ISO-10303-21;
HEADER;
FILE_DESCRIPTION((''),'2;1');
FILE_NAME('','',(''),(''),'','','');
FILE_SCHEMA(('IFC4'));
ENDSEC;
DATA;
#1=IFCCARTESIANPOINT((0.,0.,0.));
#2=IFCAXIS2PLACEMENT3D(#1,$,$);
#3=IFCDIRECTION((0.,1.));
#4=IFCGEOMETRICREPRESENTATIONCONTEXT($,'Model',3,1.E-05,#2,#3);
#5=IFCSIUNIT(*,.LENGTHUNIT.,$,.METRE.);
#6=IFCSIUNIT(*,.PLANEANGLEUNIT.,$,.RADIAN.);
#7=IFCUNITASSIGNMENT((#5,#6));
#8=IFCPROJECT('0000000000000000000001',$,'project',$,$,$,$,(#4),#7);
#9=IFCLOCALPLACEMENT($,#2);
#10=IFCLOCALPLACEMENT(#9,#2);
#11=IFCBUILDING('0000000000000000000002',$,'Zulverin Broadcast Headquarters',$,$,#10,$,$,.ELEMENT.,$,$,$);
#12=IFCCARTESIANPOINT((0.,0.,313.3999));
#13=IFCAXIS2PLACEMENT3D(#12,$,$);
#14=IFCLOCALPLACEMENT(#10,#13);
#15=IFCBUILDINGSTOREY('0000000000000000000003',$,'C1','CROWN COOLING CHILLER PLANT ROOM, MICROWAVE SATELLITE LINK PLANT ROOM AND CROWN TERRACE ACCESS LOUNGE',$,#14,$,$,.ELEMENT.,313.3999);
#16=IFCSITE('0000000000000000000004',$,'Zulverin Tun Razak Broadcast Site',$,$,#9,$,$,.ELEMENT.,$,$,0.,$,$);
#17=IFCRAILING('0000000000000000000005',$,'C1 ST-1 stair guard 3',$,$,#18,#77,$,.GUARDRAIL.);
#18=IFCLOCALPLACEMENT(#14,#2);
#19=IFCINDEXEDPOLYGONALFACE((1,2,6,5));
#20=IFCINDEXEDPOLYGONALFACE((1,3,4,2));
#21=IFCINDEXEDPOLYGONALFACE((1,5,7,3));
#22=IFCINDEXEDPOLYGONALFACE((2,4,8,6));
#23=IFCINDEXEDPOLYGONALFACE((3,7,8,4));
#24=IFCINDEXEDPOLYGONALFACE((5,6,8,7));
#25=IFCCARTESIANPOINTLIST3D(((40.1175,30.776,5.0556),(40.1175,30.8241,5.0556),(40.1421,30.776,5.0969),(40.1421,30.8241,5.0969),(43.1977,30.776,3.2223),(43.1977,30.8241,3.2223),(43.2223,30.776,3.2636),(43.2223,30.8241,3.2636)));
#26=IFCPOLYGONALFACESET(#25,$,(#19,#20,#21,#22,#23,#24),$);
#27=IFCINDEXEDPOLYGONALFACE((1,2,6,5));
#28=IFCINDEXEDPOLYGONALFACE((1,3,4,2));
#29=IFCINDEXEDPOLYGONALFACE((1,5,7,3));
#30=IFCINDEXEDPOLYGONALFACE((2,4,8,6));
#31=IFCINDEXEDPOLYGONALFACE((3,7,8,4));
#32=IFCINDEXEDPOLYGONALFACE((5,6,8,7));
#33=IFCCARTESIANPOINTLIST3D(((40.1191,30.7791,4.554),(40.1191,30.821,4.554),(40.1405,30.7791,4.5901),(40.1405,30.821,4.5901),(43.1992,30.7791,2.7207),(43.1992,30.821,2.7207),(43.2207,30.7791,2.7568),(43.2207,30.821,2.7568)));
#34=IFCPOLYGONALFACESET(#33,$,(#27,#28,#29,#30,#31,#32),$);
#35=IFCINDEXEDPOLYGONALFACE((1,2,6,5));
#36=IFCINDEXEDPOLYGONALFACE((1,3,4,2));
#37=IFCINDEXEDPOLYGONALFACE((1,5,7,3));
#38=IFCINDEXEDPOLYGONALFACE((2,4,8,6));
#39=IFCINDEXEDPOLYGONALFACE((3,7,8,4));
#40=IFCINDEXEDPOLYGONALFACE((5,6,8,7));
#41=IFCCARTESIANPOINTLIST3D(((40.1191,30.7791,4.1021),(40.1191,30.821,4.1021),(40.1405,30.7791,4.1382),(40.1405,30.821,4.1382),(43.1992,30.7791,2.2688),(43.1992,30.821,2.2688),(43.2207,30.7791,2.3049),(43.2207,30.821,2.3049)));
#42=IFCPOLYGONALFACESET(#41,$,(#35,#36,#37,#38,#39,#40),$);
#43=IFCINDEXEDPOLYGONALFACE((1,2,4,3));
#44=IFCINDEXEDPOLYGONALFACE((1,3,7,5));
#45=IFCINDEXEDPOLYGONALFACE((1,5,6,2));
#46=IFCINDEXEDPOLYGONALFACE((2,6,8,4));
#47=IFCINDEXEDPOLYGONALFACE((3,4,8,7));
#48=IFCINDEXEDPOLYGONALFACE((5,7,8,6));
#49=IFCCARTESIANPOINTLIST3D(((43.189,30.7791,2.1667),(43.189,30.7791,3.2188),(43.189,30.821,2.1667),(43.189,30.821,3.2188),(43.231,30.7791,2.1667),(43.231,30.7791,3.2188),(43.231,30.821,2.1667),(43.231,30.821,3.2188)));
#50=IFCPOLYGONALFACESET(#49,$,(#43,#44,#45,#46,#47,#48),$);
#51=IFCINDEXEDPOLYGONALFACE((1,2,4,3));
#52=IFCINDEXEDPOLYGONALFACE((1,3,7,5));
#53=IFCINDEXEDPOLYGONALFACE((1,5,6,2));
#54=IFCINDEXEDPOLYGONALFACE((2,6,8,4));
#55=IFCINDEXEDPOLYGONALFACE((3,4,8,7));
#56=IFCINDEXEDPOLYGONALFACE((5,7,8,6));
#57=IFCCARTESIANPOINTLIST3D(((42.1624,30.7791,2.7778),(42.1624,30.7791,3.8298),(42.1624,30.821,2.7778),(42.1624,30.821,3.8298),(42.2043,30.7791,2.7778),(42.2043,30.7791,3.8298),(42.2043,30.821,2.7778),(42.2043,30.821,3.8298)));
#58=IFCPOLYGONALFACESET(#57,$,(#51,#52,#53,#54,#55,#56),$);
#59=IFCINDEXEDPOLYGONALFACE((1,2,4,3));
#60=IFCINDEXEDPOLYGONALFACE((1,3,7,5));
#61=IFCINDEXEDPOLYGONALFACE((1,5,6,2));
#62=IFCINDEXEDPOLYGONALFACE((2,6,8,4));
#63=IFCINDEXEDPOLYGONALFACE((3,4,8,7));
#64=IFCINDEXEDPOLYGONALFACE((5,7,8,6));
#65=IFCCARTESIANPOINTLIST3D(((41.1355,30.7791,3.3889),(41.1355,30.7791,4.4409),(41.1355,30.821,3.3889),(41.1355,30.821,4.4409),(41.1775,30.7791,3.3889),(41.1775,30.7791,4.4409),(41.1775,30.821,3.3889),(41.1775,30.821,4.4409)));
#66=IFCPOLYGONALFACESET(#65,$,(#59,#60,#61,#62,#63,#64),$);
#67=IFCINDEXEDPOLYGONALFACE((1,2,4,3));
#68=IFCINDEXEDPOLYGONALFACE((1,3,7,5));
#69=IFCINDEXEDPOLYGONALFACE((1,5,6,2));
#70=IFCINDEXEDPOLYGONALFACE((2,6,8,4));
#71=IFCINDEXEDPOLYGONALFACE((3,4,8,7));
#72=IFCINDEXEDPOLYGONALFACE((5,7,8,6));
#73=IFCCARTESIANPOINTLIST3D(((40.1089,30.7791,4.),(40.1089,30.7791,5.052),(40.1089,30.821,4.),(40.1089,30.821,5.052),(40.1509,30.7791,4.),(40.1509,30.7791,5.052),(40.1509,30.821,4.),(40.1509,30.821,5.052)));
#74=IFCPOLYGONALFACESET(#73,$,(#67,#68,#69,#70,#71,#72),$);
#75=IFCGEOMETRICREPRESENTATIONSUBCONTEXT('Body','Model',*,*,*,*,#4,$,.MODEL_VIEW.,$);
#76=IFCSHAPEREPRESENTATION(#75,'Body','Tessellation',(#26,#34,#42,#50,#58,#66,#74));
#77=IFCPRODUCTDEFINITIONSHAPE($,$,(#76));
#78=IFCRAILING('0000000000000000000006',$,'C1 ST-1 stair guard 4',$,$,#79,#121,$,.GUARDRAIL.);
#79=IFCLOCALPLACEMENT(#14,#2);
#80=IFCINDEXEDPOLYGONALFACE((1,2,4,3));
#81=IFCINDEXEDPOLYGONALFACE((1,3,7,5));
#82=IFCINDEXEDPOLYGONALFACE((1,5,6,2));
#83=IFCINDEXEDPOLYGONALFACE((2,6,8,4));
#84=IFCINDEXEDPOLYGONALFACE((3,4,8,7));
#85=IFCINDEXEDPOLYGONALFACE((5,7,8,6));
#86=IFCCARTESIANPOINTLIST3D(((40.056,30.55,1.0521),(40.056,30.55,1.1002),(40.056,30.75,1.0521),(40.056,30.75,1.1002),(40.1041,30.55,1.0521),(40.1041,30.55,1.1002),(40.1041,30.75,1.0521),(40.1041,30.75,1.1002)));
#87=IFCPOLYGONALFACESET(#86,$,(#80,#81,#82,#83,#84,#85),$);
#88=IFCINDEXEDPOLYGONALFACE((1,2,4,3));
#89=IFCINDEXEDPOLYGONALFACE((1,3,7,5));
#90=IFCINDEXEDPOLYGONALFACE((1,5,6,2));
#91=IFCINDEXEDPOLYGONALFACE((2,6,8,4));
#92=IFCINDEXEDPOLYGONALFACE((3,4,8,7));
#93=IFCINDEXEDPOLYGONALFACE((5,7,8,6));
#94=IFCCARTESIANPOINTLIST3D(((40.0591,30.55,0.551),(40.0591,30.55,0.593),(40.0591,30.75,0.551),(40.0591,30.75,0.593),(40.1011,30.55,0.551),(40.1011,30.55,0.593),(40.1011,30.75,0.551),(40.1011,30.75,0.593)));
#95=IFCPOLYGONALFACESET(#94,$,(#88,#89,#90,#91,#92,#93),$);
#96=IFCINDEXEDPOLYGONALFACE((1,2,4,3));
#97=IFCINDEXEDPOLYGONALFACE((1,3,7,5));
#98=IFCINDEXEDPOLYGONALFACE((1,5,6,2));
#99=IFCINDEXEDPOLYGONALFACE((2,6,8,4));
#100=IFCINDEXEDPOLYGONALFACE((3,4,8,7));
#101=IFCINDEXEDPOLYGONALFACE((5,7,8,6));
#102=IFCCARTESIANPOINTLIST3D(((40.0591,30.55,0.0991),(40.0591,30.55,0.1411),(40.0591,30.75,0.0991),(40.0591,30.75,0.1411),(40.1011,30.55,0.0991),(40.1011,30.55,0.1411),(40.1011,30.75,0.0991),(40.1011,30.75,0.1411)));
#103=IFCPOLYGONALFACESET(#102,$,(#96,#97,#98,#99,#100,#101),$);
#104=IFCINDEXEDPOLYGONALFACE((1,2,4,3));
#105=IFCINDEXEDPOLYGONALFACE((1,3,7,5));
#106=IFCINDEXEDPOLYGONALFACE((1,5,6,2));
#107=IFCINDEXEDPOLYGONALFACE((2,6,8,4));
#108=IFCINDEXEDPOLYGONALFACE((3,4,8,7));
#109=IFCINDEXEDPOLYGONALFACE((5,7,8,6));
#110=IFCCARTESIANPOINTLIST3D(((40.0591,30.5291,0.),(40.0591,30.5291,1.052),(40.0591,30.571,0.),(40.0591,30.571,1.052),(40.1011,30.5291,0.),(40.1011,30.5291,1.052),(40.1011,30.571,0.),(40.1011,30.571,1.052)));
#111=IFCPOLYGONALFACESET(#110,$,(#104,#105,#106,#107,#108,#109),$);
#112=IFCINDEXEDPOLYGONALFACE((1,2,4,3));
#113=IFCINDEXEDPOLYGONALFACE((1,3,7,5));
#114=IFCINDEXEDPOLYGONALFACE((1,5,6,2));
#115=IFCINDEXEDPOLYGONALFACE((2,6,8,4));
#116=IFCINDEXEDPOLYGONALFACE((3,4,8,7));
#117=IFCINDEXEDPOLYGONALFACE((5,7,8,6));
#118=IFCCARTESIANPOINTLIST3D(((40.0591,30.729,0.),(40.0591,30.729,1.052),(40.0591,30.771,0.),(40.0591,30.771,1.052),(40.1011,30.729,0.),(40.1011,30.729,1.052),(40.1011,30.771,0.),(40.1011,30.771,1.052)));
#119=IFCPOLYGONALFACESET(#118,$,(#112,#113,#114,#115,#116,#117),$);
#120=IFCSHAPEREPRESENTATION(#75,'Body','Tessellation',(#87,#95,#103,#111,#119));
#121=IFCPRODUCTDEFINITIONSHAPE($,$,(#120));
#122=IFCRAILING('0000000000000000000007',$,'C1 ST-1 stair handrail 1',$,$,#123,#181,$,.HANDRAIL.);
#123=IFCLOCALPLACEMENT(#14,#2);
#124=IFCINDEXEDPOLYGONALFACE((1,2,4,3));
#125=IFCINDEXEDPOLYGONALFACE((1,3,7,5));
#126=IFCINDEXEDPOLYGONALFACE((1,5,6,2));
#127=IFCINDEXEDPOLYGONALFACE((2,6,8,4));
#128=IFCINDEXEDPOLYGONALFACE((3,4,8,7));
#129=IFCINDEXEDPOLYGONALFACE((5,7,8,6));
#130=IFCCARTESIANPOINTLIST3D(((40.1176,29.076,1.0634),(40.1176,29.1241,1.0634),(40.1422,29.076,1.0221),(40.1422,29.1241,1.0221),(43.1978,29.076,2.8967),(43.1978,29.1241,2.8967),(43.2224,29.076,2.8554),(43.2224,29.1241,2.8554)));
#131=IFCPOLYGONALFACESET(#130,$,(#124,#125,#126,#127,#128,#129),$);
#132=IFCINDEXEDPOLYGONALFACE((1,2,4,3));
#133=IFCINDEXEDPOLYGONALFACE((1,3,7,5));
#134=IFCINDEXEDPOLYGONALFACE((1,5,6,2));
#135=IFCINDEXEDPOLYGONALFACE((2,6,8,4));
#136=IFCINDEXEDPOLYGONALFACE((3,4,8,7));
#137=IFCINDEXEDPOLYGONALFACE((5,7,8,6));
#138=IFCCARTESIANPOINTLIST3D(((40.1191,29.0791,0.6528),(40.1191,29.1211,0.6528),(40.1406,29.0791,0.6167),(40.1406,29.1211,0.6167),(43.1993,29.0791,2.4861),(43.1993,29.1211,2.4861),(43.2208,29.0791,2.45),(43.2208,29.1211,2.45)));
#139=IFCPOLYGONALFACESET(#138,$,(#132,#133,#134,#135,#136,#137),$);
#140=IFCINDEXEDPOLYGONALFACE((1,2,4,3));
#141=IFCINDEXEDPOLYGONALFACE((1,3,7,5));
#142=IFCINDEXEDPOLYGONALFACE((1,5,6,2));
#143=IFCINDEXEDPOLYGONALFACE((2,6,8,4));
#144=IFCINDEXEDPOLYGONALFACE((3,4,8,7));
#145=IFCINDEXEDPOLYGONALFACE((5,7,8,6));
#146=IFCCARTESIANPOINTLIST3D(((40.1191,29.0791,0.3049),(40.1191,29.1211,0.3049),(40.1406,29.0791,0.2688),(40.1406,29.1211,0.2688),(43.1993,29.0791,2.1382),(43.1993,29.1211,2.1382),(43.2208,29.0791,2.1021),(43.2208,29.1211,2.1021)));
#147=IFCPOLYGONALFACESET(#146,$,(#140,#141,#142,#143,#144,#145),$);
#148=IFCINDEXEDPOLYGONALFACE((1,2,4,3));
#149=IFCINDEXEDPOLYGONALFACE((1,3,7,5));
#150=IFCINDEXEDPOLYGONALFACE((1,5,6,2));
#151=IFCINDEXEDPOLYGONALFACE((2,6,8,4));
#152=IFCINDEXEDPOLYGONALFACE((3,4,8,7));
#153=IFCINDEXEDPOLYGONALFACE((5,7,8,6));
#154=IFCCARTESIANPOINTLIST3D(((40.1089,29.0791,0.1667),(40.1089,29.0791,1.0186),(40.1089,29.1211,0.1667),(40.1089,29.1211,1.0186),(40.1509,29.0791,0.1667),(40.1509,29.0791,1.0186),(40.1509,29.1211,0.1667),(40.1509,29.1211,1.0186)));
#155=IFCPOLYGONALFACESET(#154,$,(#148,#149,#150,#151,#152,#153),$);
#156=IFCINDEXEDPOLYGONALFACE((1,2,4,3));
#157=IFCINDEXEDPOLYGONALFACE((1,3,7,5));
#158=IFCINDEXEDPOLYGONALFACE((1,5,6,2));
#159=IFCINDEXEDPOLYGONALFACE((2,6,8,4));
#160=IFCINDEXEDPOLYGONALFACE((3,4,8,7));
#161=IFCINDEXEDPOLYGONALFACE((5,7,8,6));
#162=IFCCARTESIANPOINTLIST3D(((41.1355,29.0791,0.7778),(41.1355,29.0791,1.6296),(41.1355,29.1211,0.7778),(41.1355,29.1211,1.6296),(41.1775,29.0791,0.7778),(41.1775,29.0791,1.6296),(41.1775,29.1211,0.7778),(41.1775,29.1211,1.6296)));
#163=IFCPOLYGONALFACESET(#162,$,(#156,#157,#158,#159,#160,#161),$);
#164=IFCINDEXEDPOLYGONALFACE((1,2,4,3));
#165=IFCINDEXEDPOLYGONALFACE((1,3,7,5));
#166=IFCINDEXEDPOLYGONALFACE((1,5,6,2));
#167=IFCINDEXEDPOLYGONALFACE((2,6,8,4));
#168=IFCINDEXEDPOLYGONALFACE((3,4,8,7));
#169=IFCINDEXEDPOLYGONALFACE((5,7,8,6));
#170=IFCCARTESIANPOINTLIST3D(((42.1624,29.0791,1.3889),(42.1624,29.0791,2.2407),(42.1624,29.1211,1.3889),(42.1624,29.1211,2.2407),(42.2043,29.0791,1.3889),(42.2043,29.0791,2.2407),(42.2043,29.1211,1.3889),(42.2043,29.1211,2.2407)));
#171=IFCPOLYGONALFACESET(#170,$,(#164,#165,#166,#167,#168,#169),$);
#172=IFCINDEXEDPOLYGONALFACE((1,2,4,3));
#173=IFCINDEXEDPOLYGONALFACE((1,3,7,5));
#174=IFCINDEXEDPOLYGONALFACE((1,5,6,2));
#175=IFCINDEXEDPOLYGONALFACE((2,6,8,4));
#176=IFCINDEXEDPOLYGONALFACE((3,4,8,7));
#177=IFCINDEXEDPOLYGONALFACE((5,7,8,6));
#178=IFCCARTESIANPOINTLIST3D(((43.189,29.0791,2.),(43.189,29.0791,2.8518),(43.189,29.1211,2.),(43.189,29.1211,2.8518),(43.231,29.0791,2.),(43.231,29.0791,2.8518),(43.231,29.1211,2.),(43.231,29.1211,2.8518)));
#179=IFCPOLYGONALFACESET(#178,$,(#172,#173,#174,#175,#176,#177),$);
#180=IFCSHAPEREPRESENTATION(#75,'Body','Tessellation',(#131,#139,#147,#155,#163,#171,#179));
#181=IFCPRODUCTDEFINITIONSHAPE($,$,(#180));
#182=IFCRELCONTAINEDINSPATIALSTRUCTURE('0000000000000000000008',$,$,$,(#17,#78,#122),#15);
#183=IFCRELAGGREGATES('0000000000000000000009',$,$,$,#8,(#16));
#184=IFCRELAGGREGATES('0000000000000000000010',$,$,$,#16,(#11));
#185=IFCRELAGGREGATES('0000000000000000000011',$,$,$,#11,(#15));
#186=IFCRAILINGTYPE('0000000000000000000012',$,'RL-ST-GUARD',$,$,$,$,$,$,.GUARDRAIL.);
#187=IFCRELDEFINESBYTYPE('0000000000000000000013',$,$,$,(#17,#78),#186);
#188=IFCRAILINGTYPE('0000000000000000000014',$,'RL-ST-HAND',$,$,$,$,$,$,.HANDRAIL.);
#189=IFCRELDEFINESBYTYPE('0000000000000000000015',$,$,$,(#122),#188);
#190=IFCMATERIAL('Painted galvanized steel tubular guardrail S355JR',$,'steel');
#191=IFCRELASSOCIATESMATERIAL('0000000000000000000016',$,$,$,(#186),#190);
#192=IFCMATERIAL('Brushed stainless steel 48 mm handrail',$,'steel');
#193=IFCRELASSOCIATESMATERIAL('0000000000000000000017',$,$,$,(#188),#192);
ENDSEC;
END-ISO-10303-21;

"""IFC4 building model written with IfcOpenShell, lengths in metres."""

from ifc_helpers import new_model, si_unit, direction, frame, origin, origin_2d, place, context, subcontext, project, spatial, rectangle, extrude, material, type_object, element, save


model = new_model("IFC4")

# Units and contexts
model_context = context("Model", 3, precision=1e-05, world=origin(), true_north=direction((0.0, 1.0)))
body_context = subcontext(model_context, "Body", "Model", "MODEL_VIEW")
ifc_project = project(units=[si_unit("LENGTHUNIT", "METRE"), si_unit("PLANEANGLEUNIT", "RADIAN")], contexts=[model_context])

# Site, building, storey
site_placement = place(None, origin())
site = spatial("IfcSite", under=ifc_project, at=site_placement, Name="Zulverin Tun Razak Broadcast Site", CompositionType="ELEMENT", RefElevation=0.0)
building_placement = place(site_placement, origin())
building = spatial("IfcBuilding", under=site, at=building_placement, Name="Zulverin Broadcast Headquarters", CompositionType="ELEMENT")
storey_placement = place(building_placement, frame((0.0, 0.0, 313.3999)))
storey = spatial("IfcBuildingStorey", under=building, at=storey_placement, Name="C1", Description="CROWN COOLING CHILLER PLANT ROOM, MICROWAVE SATELLITE LINK PLANT ROOM AND CROWN TERRACE ACCESS LOUNGE", CompositionType="ELEMENT", Elevation=313.3999)

# Railings
ifc_material_1 = material(Name="Painted galvanized steel tubular guardrail S355JR", Category="steel")
railing_type_1 = type_object("IfcRailingType", Name="RL-ST-GUARD", PredefinedType="GUARDRAIL", material=ifc_material_1)
railing_1_placement = place(storey_placement, frame((43.21, 30.8, 2.1667)))
element("IfcRailing", 1, at=railing_1_placement, inside=storey, type_object=railing_type_1, Name="C1 ST-1 stair guard 3", PredefinedType="GUARDRAIL", context=body_context, shape_type="SweptSolid", body=[
    extrude(rectangle(XDim=0.0481, YDim=0.0481, at=origin_2d()), frame((0.0, 0.0, 1.0762), z_axis=(-0.859309, 0.0, 0.511458), x_axis=(0.0, -1.0, 0.0)), (0.0, 0.0, 1.0), 3.5845),
    extrude(rectangle(XDim=0.042, YDim=0.042, at=origin_2d()), frame((0.0, 0.0, 0.572), z_axis=(-0.859309, 0.0, 0.511458), x_axis=(0.0, -1.0, 0.0)), (0.0, 0.0, 1.0), 3.5845),
    extrude(rectangle(XDim=0.042, YDim=0.042, at=origin_2d()), frame((0.0, 0.0, 0.1201), z_axis=(-0.859309, 0.0, 0.511458), x_axis=(0.0, -1.0, 0.0)), (0.0, 0.0, 1.0), 3.5845),
    extrude(rectangle(XDim=0.042, YDim=0.042, at=origin_2d()), origin(), (0.0, 0.0, 1.0), 1.052),
    extrude(rectangle(XDim=0.042, YDim=0.042, at=origin_2d()), frame((-1.0266, 0.0, 0.6111)), (0.0, 0.0, 1.0), 1.052),
    extrude(rectangle(XDim=0.042, YDim=0.042, at=origin_2d()), frame((-2.0535, 0.0, 1.2222)), (0.0, 0.0, 1.0), 1.052),
    extrude(rectangle(XDim=0.042, YDim=0.042, at=origin_2d()), frame((-3.0801, 0.0, 1.8333)), (0.0, 0.0, 1.0), 1.052),
])
railing_2_placement = place(storey_placement, frame((40.0801, 30.55, 0.0)))
element("IfcRailing", 2, at=railing_2_placement, inside=storey, type_object=railing_type_1, Name="C1 ST-1 stair guard 4", PredefinedType="GUARDRAIL", context=body_context, shape_type="SweptSolid", body=[
    extrude(rectangle(XDim=0.0481, YDim=0.0481, at=origin_2d()), frame((0.0, 0.0, 1.0762), z_axis=(0.0, 1.0, 0.0), x_axis=(-1.0, 0.0, 0.0)), (0.0, 0.0, 1.0), 0.2),
    extrude(rectangle(XDim=0.042, YDim=0.042, at=origin_2d()), frame((0.0, 0.0, 0.572), z_axis=(0.0, 1.0, 0.0), x_axis=(-1.0, 0.0, 0.0)), (0.0, 0.0, 1.0), 0.2),
    extrude(rectangle(XDim=0.042, YDim=0.042, at=origin_2d()), frame((0.0, 0.0, 0.1201), z_axis=(0.0, 1.0, 0.0), x_axis=(-1.0, 0.0, 0.0)), (0.0, 0.0, 1.0), 0.2),
    extrude(rectangle(XDim=0.042, YDim=0.042, at=origin_2d()), origin(), (0.0, 0.0, 1.0), 1.052),
    extrude(rectangle(XDim=0.042, YDim=0.042, at=origin_2d()), frame((0.0, 0.2, 0.0)), (0.0, 0.0, 1.0), 1.052),
])
ifc_material_2 = material(Name="Brushed stainless steel 48 mm handrail", Category="steel")
railing_type_2 = type_object("IfcRailingType", Name="RL-ST-HAND", PredefinedType="HANDRAIL", material=ifc_material_2)
railing_3_placement = place(storey_placement, frame((40.1299, 29.1001, 0.1667)))
element("IfcRailing", 3, at=railing_3_placement, inside=storey, type_object=railing_type_2, Name="C1 ST-1 stair handrail 1", PredefinedType="HANDRAIL", context=body_context, shape_type="SweptSolid", body=[
    extrude(rectangle(XDim=0.0481, YDim=0.0481, at=origin_2d()), frame((0.0, 0.0, 0.876), z_axis=(0.859309, 0.0, 0.511458), x_axis=(0.0, 1.0, 0.0)), (0.0, 0.0, 1.0), 3.5845),
    extrude(rectangle(XDim=0.042, YDim=0.042, at=origin_2d()), frame((0.0, 0.0, 0.468), z_axis=(0.859309, 0.0, 0.511458), x_axis=(0.0, 1.0, 0.0)), (0.0, 0.0, 1.0), 3.5845),
    extrude(rectangle(XDim=0.042, YDim=0.042, at=origin_2d()), frame((0.0, 0.0, 0.1201), z_axis=(0.859309, 0.0, 0.511458), x_axis=(0.0, 1.0, 0.0)), (0.0, 0.0, 1.0), 3.5845),
    extrude(rectangle(XDim=0.042, YDim=0.042, at=origin_2d()), origin(), (0.0, 0.0, 1.0), 0.8518),
    extrude(rectangle(XDim=0.042, YDim=0.042, at=origin_2d()), frame((1.0266, 0.0, 0.6111)), (0.0, 0.0, 1.0), 0.8518),
    extrude(rectangle(XDim=0.042, YDim=0.042, at=origin_2d()), frame((2.0535, 0.0, 1.2222)), (0.0, 0.0, 1.0), 0.8518),
    extrude(rectangle(XDim=0.042, YDim=0.042, at=origin_2d()), frame((3.0801, 0.0, 1.8333)), (0.0, 0.0, 1.0), 0.8518),
])

save(model, "model.ifc")
